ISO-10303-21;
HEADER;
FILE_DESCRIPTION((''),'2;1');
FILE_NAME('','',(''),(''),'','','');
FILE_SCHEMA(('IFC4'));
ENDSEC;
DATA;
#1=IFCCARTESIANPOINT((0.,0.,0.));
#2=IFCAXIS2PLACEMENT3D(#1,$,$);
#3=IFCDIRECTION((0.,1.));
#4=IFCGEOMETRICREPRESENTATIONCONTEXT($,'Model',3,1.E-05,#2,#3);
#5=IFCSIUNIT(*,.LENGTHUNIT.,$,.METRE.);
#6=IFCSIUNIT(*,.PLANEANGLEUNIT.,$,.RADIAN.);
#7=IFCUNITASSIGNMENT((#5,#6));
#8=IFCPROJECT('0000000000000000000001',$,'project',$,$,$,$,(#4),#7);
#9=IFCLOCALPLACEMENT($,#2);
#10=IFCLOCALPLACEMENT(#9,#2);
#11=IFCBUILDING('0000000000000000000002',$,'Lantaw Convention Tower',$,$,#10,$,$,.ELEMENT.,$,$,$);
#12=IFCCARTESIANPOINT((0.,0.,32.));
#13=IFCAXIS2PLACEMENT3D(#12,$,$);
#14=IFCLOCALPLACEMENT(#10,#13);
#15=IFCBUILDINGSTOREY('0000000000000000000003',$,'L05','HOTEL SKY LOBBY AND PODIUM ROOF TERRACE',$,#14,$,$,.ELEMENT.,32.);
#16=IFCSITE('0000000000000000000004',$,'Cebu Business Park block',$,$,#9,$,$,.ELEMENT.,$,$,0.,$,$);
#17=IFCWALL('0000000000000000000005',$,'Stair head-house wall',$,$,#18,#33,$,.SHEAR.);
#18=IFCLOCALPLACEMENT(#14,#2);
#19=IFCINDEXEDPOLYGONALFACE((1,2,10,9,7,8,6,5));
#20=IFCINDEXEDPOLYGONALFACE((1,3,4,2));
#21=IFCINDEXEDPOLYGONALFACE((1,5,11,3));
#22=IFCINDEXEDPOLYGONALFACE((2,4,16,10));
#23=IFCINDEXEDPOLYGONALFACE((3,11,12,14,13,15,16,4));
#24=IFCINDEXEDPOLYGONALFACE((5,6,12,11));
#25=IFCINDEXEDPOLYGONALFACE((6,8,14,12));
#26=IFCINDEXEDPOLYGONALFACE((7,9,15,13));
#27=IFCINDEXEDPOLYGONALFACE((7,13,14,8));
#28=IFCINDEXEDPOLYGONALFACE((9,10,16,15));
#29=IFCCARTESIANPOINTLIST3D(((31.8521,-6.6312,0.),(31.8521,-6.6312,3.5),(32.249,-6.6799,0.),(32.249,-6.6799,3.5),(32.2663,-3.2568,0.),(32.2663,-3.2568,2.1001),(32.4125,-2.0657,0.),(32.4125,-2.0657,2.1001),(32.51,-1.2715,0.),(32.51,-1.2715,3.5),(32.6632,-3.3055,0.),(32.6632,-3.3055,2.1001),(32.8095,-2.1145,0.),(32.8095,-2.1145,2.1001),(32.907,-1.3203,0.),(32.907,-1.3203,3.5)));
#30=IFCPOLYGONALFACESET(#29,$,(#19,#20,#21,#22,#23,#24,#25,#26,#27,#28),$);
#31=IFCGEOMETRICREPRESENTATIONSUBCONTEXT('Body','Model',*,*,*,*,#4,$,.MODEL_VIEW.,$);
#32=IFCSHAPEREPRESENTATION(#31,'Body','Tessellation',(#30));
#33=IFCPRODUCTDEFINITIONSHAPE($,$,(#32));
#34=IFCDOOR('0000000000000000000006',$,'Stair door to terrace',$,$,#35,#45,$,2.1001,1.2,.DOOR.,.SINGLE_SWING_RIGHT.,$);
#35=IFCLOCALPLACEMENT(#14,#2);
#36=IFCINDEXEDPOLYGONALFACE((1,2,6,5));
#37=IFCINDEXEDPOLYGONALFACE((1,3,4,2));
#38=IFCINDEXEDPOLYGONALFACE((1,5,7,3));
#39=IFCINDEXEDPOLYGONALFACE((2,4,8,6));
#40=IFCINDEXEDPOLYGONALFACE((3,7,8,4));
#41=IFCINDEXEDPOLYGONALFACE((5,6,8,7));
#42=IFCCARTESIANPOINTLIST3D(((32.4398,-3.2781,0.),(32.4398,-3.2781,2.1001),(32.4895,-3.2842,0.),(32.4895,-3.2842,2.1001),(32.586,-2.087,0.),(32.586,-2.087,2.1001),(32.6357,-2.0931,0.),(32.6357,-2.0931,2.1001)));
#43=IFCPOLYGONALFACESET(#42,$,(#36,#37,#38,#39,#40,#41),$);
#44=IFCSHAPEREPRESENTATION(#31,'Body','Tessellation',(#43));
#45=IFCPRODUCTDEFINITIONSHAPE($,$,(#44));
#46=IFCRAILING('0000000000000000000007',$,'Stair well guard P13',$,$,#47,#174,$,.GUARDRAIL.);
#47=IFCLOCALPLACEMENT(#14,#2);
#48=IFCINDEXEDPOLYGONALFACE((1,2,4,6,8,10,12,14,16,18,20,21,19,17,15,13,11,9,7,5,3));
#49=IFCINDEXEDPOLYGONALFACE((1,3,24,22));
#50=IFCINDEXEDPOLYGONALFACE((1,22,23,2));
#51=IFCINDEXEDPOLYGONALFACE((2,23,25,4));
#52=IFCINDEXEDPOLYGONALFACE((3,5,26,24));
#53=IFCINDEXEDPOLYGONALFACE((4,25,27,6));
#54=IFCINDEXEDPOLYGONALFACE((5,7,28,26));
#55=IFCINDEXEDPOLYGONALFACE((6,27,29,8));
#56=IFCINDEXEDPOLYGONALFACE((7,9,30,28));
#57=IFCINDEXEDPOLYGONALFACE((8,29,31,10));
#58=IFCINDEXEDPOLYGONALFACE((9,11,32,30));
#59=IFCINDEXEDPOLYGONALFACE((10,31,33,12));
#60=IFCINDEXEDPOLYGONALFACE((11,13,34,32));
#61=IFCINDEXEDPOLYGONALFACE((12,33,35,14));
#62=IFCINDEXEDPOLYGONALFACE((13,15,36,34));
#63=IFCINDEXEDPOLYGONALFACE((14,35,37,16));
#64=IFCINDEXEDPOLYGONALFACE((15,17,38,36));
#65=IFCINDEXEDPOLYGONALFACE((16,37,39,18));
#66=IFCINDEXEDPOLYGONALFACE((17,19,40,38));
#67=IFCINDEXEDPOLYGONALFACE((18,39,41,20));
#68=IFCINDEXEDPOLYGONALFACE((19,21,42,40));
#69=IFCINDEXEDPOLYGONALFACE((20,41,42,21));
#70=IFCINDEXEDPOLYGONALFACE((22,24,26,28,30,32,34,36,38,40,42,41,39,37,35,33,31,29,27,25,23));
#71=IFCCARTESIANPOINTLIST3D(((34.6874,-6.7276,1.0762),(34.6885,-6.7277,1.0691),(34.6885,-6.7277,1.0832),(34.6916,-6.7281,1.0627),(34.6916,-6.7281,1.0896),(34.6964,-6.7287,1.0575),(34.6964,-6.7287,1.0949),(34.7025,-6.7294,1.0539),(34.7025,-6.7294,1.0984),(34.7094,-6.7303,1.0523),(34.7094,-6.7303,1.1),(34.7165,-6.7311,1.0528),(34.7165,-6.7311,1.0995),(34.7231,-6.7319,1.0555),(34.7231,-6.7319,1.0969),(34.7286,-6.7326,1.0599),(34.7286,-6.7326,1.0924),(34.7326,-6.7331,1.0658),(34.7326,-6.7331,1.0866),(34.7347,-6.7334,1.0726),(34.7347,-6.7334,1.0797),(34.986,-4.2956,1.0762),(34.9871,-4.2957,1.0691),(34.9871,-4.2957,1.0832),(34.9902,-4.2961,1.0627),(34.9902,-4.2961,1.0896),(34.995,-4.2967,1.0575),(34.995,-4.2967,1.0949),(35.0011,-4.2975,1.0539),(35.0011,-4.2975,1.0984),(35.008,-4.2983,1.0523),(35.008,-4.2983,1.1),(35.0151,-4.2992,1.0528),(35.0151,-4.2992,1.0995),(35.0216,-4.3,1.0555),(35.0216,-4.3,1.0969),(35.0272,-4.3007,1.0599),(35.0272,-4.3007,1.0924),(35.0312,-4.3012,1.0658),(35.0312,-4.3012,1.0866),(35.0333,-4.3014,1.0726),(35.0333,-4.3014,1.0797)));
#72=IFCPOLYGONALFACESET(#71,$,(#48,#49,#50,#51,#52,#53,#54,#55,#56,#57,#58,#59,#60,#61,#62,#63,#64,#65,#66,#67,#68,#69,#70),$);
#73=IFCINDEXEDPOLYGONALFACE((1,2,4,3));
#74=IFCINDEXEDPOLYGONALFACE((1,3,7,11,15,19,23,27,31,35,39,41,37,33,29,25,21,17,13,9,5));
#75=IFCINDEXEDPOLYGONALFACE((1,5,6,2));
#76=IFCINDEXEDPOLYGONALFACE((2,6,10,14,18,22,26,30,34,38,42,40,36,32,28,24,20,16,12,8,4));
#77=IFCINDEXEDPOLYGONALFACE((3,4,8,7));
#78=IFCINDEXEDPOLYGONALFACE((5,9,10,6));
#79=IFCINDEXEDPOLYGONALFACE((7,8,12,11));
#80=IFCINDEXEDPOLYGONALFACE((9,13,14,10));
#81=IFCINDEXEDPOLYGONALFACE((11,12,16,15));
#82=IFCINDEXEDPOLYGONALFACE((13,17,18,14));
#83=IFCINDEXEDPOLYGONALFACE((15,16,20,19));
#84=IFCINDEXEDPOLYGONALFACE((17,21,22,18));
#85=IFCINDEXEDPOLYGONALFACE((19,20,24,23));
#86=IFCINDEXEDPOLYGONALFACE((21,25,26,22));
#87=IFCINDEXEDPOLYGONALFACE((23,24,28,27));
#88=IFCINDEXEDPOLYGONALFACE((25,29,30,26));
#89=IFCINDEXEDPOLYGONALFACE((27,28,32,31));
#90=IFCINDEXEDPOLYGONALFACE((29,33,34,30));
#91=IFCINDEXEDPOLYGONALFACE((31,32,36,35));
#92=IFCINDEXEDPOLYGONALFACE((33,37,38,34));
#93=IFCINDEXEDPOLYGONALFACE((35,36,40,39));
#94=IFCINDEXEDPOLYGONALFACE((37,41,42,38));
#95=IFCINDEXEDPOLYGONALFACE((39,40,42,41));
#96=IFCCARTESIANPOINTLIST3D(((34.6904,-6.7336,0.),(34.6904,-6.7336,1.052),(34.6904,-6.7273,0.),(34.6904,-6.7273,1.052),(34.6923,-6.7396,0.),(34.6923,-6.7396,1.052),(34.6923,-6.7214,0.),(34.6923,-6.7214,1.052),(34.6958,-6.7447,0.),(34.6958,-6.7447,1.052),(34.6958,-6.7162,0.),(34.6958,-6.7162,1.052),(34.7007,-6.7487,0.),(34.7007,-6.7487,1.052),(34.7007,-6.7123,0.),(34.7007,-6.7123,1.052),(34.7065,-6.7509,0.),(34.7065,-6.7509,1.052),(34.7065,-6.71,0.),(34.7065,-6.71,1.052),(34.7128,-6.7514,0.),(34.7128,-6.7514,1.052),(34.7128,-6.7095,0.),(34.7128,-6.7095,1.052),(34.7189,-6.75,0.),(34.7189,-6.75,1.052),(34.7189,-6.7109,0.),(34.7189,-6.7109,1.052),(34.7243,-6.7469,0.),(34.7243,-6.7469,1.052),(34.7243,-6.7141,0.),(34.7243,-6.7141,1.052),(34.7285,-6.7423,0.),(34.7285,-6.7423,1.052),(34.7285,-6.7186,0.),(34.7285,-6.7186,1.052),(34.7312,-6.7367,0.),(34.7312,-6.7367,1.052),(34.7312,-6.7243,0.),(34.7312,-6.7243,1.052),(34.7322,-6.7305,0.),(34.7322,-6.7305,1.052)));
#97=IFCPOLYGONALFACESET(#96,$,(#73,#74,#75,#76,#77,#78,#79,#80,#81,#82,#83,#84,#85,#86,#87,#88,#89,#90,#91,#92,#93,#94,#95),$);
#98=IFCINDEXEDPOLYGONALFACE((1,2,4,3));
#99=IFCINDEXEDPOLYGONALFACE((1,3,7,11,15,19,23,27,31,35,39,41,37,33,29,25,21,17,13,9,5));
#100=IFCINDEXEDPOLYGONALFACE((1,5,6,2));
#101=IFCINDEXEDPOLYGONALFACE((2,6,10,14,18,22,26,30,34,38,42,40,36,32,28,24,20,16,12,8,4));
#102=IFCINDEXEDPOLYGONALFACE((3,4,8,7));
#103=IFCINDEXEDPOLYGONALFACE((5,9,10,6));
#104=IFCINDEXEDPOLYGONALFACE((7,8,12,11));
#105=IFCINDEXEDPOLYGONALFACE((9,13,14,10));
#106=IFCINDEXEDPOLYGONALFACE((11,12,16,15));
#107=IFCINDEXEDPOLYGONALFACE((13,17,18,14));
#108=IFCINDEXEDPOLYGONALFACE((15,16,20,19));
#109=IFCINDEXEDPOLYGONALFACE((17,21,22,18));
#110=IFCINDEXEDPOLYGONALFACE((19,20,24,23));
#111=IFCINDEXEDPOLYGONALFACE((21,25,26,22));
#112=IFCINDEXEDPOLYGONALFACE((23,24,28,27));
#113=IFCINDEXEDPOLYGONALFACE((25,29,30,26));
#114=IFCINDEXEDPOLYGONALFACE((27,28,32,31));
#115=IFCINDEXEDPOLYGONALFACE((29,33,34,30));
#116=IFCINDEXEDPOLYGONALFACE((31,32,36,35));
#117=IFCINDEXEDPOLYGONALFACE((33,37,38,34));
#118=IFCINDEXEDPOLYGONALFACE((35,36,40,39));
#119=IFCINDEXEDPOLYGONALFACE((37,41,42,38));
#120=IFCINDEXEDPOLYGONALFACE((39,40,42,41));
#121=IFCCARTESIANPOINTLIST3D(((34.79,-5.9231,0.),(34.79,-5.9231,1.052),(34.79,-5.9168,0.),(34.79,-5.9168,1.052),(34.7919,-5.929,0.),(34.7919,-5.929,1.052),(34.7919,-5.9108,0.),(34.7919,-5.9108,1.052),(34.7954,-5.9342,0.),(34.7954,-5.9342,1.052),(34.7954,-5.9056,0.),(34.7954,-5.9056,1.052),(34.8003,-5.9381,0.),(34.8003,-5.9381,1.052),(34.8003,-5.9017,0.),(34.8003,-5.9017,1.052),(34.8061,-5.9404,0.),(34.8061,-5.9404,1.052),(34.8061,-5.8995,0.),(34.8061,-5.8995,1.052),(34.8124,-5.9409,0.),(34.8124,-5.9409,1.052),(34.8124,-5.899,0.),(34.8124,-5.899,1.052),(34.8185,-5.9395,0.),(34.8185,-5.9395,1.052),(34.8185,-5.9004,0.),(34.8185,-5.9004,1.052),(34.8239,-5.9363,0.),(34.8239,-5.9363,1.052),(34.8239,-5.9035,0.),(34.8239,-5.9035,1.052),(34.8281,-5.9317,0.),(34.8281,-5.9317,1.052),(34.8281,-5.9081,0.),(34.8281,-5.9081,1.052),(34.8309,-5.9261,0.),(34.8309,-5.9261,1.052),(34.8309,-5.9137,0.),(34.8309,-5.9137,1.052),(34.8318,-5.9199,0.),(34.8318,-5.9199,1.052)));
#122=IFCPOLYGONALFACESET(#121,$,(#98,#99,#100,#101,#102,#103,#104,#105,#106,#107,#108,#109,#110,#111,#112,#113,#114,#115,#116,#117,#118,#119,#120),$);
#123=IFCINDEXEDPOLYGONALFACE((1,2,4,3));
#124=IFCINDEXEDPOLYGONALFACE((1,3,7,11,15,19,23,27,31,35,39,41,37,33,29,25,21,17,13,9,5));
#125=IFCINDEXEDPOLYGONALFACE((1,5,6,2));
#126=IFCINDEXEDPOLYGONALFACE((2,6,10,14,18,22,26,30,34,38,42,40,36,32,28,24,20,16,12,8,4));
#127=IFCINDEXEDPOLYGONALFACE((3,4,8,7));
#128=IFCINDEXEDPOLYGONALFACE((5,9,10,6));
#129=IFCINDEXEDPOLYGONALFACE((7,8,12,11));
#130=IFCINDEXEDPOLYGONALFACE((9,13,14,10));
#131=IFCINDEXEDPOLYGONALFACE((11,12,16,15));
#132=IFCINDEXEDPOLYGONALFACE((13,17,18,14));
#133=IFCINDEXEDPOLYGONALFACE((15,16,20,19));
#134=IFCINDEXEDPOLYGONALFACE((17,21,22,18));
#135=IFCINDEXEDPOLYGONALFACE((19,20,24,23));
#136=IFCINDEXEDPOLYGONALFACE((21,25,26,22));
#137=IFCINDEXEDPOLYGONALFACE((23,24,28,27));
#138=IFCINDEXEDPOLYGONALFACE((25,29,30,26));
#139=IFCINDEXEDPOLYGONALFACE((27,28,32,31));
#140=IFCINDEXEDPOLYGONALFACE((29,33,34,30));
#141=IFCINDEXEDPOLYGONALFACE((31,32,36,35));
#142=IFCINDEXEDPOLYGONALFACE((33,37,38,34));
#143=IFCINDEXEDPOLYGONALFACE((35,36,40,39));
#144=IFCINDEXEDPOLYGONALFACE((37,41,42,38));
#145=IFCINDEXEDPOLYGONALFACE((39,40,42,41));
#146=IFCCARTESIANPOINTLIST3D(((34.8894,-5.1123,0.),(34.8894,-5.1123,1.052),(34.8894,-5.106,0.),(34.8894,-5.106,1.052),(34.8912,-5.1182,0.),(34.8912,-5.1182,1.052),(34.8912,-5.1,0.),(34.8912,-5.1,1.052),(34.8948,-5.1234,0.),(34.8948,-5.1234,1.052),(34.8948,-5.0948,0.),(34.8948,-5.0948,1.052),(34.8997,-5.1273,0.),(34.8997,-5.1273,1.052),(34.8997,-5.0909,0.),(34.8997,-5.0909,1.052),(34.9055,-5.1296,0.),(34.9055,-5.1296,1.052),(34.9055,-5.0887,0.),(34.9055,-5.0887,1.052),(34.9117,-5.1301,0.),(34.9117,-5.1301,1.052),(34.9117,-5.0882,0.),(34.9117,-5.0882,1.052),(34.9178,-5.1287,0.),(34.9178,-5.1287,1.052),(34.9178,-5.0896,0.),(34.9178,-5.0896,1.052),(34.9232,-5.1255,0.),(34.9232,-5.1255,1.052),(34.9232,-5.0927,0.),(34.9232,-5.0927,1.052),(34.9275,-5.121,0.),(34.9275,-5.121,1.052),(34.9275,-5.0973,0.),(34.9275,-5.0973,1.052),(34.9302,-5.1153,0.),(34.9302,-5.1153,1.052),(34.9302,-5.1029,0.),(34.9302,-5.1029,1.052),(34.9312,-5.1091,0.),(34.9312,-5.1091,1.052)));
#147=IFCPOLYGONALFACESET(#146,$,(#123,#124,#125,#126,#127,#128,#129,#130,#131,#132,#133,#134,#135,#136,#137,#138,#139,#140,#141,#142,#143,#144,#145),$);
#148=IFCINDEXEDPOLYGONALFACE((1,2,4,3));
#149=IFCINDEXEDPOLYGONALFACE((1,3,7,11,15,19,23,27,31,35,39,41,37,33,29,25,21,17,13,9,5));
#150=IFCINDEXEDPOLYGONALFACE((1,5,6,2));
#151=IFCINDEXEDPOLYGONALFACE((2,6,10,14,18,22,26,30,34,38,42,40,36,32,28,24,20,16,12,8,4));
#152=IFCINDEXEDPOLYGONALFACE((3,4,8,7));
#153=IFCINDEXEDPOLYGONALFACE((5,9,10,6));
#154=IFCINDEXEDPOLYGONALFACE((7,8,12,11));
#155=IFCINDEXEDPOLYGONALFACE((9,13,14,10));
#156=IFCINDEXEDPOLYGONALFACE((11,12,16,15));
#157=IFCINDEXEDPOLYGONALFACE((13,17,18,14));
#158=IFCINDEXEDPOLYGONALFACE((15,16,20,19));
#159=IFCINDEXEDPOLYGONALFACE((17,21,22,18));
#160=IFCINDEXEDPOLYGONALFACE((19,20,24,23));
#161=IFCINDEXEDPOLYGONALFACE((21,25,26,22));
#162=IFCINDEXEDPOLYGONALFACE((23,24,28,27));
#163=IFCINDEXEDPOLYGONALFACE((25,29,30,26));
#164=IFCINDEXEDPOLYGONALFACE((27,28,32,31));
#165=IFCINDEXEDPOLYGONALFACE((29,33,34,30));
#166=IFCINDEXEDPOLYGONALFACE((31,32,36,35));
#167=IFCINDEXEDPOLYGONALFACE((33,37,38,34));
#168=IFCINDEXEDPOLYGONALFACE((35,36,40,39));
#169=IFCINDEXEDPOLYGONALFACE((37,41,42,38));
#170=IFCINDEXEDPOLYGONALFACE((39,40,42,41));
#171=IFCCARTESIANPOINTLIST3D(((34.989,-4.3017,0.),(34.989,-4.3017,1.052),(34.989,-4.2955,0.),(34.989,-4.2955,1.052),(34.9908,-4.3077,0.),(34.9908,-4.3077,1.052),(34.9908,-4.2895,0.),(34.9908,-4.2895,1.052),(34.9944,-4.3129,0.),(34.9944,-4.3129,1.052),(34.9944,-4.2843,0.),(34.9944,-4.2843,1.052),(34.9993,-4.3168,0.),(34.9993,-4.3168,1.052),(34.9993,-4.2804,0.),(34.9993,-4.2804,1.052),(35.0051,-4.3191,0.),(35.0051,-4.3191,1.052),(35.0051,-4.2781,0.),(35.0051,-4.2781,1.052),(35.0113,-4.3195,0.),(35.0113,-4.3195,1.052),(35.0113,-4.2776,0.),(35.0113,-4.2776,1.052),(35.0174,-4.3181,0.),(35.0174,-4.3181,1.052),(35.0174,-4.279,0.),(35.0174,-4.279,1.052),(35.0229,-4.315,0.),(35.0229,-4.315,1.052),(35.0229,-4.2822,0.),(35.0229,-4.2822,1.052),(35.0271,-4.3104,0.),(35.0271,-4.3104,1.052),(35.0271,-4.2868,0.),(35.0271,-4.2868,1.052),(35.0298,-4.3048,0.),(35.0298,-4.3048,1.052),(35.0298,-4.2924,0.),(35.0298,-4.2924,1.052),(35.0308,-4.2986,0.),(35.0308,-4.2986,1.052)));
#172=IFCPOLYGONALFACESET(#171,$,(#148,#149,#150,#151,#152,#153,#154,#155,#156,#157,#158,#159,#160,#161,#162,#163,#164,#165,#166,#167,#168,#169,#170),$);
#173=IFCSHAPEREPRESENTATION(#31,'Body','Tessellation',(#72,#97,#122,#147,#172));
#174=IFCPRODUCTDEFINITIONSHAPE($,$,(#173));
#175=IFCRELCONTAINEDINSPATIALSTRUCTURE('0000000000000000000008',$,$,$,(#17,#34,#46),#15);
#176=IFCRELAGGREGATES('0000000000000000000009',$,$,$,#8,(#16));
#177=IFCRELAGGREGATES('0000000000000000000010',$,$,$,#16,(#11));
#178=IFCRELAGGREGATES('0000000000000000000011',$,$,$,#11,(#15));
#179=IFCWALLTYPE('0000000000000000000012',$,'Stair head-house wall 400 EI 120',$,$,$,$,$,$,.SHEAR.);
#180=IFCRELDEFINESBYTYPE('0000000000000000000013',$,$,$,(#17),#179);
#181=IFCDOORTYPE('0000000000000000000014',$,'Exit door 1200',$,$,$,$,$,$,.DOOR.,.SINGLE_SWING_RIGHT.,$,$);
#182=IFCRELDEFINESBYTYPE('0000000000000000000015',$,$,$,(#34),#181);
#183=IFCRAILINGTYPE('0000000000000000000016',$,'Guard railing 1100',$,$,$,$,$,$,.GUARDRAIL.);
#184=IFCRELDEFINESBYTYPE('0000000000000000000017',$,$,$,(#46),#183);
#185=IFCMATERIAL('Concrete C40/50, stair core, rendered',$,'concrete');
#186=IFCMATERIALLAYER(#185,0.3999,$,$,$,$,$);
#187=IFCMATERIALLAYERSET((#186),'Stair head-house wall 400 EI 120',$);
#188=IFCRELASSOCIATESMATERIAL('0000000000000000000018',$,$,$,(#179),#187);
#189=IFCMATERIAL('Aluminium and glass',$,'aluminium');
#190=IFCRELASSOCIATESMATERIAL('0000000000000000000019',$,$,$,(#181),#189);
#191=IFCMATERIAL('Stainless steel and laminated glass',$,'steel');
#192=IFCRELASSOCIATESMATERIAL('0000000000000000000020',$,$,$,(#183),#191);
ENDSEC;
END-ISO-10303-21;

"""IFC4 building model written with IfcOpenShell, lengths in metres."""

from ifc_helpers import new_model, si_unit, direction, frame, frame_2d, origin, origin_2d, place, context, subcontext, project, spatial, rectangle, circle, extrude, material, layer, layer_set, type_object, element, fill, save


model = new_model("IFC4")

# Units and contexts
model_context = context("Model", 3, precision=1e-05, world=origin(), true_north=direction((0.0, 1.0)))
body_context = subcontext(model_context, "Body", "Model", "MODEL_VIEW")
ifc_project = project(units=[si_unit("LENGTHUNIT", "METRE"), si_unit("PLANEANGLEUNIT", "RADIAN")], contexts=[model_context])

# Site, building, storey
site_placement = place(None, origin())
site = spatial("IfcSite", under=ifc_project, at=site_placement, Name="Cebu Business Park block", CompositionType="ELEMENT", RefElevation=0.0)
building_placement = place(site_placement, origin())
building = spatial("IfcBuilding", under=site, at=building_placement, Name="Lantaw Convention Tower", CompositionType="ELEMENT")
storey_placement = place(building_placement, frame((0.0, 0.0, 32.0)))
storey = spatial("IfcBuildingStorey", under=building, at=storey_placement, Name="L05", Description="HOTEL SKY LOBBY AND PODIUM ROOF TERRACE", CompositionType="ELEMENT", Elevation=32.0)

# Shared definitions
ifc_material_1 = material(Name="Aluminium and glass", Category="aluminium")

# Shared definitions
ifc_material_2 = material(Name="Concrete C40/50, stair core, rendered", Category="concrete")
ifc_layer_1 = layer(ifc_material_2, 0.3999)
ifc_layer_set_1 = layer_set([ifc_layer_1], Name="Stair head-house wall 400 EI 120")
wall_type_1 = type_object("IfcWallType", Name="Stair head-house wall 400 EI 120", PredefinedType="SHEAR", material=ifc_layer_set_1)

# Wall, opening, door
wall_1_placement = place(storey_placement, frame((32.7085, -1.2959, 0.0), z_axis=(0.0, 0.0, 1.0), x_axis=(-0.121848, -0.992549, 0.0)))
wall_1 = element("IfcWall", 1, at=wall_1_placement, inside=storey, type_object=wall_type_1, Name="Stair head-house wall", PredefinedType="SHEAR", context=body_context, shape_type="SweptSolid", body=[
    extrude(rectangle(XDim=5.3999, YDim=0.3999, at=frame_2d((2.7, 0.0))), origin(), (0.0, 0.0, 1.0), 3.5),
])
opening_1_placement = place(wall_1_placement, frame((0.8, 0.0, 0.0)))
opening_1 = element("IfcOpeningElement", 2, at=opening_1_placement, cuts=wall_1, PredefinedType="OPENING", context=body_context, shape_type="SweptSolid", body=[
    extrude(rectangle(XDim=1.2, YDim=2.1001, at=frame_2d((0.6001, 1.05))), frame((0.0, 0.21, 0.0), z_axis=(0.0, -1.0, 0.0), x_axis=(1.0, 0.0, 0.0)), (0.0, 0.0, 1.0), 0.4199),
])
door_type_1 = type_object("IfcDoorType", Name="Exit door 1200", OperationType="SINGLE_SWING_RIGHT", PredefinedType="DOOR", material=ifc_material_1)
door_1_placement = place(opening_1_placement, origin())
door_1 = element("IfcDoor", 3, at=door_1_placement, inside=storey, type_object=door_type_1, Name="Stair door to terrace", OperationType="SINGLE_SWING_RIGHT", OverallHeight=2.1001, OverallWidth=1.2, PredefinedType="DOOR", context=body_context, shape_type="SweptSolid", body=[
    extrude(rectangle(XDim=1.2, YDim=2.1001, at=frame_2d((0.6001, 1.05))), frame((0.0, 0.0249, 0.0), z_axis=(0.0, -1.0, 0.0), x_axis=(1.0, 0.0, 0.0)), (0.0, 0.0, 1.0), 0.05),
])
fill(opening_1, door_1)

# Railing
ifc_material_3 = material(Name="Stainless steel and laminated glass", Category="steel")
railing_type_1 = type_object("IfcRailingType", Name="Guard railing 1100", PredefinedType="GUARDRAIL", material=ifc_material_3)
railing_1_placement = place(storey_placement, frame((34.7112, -6.7305, 0.0)))
element("IfcRailing", 4, at=railing_1_placement, inside=storey, type_object=railing_type_1, Name="Stair well guard P13", PredefinedType="GUARDRAIL", context=body_context, shape_type="SweptSolid", body=[
    extrude(circle(Radius=0.0239, at=origin_2d()), frame((0.0, 0.0, 1.0762), z_axis=(0.121864, 0.992547, 0.0), x_axis=(-0.992547, 0.121864, 0.0)), (0.0, 0.0, 1.0), 2.4502),
    extrude(circle(Radius=0.021, at=origin_2d()), origin(), (0.0, 0.0, 1.0), 1.052),
    extrude(circle(Radius=0.021, at=origin_2d()), frame((0.0996, 0.8105, 0.0)), (0.0, 0.0, 1.0), 1.052),
    extrude(circle(Radius=0.021, at=origin_2d()), frame((0.199, 1.6213, 0.0)), (0.0, 0.0, 1.0), 1.052),
    extrude(circle(Radius=0.021, at=origin_2d()), frame((0.2986, 2.4319, 0.0)), (0.0, 0.0, 1.0), 1.052),
])

save(model, "model.ifc")
